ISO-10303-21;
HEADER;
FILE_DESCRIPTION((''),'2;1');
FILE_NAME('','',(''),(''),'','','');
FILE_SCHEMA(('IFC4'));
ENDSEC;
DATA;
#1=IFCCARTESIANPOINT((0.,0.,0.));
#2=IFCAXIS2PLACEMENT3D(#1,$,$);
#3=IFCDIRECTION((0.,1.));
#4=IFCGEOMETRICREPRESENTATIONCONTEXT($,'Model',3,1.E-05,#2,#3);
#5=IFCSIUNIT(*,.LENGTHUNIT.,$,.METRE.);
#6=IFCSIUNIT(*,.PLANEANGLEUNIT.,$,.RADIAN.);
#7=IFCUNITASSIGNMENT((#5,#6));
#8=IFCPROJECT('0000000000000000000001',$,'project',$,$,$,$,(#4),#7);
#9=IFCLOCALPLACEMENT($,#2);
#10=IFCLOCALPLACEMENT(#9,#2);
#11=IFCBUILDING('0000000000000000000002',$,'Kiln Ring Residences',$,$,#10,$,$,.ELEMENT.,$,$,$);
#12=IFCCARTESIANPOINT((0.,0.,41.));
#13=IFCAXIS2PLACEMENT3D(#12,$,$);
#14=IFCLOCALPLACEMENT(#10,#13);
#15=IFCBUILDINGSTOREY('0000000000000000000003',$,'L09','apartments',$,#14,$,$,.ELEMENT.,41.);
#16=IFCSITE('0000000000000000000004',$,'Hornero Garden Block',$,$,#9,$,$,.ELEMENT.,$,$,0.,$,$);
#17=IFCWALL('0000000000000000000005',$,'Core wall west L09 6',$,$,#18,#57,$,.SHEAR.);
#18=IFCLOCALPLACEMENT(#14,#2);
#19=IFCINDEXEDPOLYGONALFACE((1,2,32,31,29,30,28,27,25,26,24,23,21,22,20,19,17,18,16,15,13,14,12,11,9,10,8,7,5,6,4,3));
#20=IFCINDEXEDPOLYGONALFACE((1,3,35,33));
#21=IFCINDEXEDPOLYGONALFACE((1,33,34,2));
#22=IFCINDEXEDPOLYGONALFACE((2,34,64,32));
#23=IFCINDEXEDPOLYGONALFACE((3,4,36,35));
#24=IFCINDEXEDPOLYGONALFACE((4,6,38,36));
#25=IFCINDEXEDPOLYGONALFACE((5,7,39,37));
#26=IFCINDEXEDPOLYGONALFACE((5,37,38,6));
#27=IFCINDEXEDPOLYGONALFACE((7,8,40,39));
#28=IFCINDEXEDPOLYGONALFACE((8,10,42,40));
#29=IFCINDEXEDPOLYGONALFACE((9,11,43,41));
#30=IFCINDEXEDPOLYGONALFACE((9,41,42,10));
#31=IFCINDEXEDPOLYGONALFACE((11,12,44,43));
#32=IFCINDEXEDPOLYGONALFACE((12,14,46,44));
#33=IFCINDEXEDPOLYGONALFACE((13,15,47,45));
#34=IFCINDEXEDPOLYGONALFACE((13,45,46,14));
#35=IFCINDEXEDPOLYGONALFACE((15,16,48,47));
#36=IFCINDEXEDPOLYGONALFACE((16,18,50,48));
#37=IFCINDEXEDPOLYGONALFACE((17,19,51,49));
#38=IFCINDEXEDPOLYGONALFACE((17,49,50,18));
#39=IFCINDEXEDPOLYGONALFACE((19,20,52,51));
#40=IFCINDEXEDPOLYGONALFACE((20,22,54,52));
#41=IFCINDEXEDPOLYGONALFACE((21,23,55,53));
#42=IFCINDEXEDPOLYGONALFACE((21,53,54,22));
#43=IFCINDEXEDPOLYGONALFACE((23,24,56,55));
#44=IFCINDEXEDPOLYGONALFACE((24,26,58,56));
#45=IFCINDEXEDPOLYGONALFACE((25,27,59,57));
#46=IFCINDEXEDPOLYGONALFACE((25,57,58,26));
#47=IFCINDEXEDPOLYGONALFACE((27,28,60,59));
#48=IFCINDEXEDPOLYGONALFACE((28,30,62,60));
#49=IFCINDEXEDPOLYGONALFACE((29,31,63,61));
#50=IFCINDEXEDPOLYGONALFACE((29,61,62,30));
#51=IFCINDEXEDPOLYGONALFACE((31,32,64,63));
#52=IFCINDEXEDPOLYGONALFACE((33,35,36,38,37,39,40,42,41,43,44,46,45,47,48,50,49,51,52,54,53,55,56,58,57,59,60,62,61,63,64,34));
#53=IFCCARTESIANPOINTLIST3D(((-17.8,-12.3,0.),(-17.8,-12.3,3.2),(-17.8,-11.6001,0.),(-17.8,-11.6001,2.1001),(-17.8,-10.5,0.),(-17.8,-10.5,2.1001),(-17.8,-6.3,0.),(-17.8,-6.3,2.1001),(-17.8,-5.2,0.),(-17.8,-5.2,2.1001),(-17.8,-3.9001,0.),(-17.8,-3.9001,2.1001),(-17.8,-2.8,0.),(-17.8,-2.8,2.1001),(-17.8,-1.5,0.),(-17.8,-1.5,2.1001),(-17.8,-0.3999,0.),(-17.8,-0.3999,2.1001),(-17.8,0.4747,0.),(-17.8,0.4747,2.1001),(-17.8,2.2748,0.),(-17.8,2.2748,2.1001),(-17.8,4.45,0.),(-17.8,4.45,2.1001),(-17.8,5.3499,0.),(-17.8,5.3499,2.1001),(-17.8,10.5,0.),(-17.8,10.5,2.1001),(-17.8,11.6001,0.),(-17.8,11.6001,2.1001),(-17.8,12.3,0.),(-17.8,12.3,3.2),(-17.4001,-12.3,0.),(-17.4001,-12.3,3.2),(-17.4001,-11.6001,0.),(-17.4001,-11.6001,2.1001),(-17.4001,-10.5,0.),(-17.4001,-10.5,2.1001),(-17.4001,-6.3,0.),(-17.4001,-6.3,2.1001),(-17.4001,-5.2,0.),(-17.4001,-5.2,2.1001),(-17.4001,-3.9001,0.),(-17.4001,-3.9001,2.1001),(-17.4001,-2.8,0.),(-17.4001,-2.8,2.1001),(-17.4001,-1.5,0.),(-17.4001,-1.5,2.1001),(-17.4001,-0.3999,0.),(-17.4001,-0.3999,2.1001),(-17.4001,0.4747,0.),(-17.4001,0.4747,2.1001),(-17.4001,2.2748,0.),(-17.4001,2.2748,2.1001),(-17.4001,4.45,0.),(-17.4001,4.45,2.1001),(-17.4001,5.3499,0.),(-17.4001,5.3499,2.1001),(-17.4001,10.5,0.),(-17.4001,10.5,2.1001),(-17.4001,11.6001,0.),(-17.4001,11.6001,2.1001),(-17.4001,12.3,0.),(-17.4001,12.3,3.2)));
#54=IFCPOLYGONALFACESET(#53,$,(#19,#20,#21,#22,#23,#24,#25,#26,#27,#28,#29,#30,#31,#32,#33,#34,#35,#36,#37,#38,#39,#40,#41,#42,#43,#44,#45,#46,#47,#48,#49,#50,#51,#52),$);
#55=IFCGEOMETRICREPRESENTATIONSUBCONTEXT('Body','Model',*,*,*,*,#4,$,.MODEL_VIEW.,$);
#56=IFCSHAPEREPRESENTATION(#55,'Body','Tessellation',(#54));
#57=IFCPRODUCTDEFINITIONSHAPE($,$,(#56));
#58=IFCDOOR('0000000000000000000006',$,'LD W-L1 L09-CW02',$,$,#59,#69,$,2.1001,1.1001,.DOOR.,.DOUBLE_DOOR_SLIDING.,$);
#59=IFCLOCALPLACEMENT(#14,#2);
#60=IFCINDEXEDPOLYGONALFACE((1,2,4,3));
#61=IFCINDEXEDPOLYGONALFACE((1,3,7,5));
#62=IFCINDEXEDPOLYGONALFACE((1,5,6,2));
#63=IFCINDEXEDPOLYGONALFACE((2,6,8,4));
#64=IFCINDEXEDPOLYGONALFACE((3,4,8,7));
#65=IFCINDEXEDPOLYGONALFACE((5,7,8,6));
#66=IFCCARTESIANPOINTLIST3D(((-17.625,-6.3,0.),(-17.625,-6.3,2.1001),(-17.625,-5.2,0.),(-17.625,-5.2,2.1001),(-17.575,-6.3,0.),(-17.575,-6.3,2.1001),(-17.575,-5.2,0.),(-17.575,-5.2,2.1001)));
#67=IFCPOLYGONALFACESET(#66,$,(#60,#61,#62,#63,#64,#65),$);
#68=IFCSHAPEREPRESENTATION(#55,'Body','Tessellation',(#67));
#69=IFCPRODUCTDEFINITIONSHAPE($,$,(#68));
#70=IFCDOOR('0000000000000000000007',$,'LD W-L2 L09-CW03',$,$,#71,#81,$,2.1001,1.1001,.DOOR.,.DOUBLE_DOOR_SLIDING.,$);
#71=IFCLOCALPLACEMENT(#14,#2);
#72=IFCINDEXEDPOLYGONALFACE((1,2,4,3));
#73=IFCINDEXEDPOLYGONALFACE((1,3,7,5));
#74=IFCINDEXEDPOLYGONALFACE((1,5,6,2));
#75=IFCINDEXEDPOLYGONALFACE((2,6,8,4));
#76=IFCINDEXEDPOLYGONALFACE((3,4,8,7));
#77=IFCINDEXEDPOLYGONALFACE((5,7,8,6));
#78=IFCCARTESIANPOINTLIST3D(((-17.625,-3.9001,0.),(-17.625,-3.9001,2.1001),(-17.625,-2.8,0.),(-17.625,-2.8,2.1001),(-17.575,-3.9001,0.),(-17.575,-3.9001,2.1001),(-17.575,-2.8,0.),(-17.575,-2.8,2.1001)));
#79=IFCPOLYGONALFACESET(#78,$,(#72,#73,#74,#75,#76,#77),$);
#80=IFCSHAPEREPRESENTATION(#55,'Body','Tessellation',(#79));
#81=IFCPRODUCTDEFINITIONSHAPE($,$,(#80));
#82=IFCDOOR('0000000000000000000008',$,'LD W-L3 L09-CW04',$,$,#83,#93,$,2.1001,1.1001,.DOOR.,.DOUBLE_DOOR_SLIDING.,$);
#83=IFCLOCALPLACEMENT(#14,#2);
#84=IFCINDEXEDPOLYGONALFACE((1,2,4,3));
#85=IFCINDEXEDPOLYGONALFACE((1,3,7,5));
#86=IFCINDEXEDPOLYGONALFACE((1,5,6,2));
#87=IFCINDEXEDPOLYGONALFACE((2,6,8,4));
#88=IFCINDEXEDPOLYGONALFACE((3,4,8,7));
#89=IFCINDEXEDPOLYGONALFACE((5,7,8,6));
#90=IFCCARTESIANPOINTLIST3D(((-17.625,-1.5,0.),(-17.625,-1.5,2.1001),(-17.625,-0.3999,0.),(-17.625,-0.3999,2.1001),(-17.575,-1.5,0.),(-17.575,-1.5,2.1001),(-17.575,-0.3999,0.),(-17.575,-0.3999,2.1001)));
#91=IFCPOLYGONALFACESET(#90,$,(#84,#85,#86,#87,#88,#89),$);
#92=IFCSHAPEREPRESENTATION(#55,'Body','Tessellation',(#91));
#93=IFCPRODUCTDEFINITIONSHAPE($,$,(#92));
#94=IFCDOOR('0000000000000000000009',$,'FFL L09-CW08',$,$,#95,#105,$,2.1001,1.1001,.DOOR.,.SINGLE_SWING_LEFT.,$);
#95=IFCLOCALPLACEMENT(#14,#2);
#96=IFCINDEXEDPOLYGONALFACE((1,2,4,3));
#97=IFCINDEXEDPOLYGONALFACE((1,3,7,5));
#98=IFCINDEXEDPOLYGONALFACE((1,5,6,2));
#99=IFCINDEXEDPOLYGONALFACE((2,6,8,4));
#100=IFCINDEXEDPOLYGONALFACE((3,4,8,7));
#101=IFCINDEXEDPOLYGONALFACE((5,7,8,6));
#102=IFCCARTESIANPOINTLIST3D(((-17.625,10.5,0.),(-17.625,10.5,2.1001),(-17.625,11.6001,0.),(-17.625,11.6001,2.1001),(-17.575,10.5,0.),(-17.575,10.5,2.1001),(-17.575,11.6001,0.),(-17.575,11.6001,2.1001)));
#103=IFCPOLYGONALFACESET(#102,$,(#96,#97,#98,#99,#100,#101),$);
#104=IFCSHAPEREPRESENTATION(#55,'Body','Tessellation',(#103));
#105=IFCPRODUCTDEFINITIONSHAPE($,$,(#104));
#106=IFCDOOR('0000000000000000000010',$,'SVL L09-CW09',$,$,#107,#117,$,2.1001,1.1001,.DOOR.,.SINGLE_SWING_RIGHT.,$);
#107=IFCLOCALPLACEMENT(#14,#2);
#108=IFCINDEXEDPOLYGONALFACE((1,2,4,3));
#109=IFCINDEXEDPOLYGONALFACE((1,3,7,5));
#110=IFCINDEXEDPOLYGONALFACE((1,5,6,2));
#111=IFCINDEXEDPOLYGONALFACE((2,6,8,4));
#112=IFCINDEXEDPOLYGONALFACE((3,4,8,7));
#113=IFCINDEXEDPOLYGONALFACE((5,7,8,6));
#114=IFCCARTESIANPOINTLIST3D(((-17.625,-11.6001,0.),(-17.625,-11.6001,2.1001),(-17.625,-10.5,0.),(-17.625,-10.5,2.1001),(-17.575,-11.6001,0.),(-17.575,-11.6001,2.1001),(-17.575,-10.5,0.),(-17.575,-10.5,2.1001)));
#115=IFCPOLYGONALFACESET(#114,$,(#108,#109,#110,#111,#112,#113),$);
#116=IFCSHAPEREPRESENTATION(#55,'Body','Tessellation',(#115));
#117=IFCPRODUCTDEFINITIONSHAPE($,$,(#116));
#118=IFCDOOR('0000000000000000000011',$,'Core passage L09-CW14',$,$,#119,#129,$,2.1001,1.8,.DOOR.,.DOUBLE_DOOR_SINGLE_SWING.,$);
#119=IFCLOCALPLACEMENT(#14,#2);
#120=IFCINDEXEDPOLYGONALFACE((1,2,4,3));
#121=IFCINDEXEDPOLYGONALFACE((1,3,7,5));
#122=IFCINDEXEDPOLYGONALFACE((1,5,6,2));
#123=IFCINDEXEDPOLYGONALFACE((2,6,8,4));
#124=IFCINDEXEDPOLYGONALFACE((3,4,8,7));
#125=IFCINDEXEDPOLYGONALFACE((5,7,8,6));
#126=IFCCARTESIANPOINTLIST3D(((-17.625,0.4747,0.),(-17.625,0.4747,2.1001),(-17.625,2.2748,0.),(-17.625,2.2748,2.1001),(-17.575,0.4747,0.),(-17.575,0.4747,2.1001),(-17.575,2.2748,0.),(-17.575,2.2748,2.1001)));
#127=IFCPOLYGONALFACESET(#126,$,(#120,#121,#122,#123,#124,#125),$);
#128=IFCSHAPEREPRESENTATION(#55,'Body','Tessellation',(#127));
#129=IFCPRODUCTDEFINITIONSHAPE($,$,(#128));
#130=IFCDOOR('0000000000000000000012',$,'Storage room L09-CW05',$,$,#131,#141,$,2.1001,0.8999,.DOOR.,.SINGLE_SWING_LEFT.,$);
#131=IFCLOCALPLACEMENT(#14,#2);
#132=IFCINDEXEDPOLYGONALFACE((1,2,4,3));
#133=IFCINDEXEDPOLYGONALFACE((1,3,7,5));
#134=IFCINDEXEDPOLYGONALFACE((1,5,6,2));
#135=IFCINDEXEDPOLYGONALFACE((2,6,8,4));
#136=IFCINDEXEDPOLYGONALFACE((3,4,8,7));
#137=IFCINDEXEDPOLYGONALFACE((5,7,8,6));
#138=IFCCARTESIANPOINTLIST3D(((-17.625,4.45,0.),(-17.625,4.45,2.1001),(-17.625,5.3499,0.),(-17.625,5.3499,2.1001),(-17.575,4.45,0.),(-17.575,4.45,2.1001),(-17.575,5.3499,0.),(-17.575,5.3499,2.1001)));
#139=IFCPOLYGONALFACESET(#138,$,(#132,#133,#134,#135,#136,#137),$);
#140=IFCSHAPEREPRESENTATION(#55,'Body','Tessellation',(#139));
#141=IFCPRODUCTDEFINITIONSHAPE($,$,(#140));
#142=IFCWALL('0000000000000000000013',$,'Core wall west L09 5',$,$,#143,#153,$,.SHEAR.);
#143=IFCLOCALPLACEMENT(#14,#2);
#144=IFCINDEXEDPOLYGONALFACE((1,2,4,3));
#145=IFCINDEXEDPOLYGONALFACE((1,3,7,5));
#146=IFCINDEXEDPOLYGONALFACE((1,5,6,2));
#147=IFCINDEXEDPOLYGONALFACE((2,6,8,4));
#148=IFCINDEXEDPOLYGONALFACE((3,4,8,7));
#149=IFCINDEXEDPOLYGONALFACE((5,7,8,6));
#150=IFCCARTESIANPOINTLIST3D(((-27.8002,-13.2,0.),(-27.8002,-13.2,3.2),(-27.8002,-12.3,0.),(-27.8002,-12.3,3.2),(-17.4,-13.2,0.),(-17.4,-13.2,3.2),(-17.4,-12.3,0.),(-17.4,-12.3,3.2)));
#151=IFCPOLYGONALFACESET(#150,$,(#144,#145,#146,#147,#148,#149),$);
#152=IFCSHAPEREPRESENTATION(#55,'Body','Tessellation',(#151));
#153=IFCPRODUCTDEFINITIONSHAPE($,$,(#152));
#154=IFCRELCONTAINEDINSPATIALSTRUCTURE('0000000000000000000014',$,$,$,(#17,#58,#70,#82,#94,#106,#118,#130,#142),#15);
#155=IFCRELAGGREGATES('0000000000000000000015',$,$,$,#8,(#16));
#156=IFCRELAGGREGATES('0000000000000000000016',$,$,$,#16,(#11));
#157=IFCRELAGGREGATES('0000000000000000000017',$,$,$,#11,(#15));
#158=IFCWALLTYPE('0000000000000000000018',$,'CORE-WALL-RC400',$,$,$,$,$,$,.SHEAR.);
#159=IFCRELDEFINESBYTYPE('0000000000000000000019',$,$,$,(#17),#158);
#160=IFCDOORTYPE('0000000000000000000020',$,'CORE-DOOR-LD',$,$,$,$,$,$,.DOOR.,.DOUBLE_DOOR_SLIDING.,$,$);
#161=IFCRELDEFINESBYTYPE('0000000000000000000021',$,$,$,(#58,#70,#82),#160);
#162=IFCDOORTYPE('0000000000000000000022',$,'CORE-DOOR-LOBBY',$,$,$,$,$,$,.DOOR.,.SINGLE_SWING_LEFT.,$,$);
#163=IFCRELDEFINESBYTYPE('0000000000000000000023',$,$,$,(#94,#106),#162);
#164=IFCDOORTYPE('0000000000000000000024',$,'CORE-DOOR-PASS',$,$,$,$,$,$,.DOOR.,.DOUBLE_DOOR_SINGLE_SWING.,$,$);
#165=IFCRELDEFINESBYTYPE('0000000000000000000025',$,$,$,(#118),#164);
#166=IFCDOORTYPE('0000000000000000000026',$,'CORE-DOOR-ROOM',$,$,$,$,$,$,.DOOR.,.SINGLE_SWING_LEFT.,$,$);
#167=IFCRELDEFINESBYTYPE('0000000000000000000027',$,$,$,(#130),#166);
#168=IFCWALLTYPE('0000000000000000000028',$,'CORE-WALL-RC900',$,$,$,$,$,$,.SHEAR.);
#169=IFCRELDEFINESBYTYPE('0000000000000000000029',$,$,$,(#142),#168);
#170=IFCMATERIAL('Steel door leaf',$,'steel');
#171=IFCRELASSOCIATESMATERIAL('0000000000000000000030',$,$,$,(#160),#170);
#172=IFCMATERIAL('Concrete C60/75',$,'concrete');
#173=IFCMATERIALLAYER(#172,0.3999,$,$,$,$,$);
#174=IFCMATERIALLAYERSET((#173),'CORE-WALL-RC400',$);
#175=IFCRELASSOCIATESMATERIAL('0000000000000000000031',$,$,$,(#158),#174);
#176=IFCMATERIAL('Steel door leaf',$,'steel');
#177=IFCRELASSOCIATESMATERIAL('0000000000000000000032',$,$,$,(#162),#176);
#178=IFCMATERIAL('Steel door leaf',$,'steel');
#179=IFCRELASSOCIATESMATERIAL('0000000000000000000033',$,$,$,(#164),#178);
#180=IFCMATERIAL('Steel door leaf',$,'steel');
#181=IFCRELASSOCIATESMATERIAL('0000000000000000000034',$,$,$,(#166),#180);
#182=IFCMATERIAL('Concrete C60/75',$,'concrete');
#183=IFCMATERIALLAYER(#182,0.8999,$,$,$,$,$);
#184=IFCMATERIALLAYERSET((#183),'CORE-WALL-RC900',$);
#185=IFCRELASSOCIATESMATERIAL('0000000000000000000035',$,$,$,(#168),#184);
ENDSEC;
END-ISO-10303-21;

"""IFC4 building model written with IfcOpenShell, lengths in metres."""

from ifc_helpers import new_model, si_unit, direction, frame, frame_2d, origin, place, context, subcontext, project, spatial, rectangle, extrude, material, layer, layer_set, type_object, element, fill, save


model = new_model("IFC4")

# Units and contexts
model_context = context("Model", 3, precision=1e-05, world=origin(), true_north=direction((0.0, 1.0)))
body_context = subcontext(model_context, "Body", "Model", "MODEL_VIEW")
ifc_project = project(units=[si_unit("LENGTHUNIT", "METRE"), si_unit("PLANEANGLEUNIT", "RADIAN")], contexts=[model_context])

# Site, building, storey
site_placement = place(None, origin())
site = spatial("IfcSite", under=ifc_project, at=site_placement, Name="Hornero Garden Block", CompositionType="ELEMENT", RefElevation=0.0)
building_placement = place(site_placement, origin())
building = spatial("IfcBuilding", under=site, at=building_placement, Name="Kiln Ring Residences", CompositionType="ELEMENT")
storey_placement = place(building_placement, frame((0.0, 0.0, 41.0)))
storey = spatial("IfcBuildingStorey", under=building, at=storey_placement, Name="L09", Description="apartments", CompositionType="ELEMENT", Elevation=41.0)

# Wall, openings, doors
ifc_material_1 = material(Name="Steel door leaf", Category="steel")
door_type_1 = type_object("IfcDoorType", Name="CORE-DOOR-LD", OperationType="DOUBLE_DOOR_SLIDING", PredefinedType="DOOR", material=ifc_material_1)
ifc_material_2 = material(Name="Concrete C60/75", Category="concrete")
ifc_layer_1 = layer(ifc_material_2, 0.3999)
ifc_layer_set_1 = layer_set([ifc_layer_1], Name="CORE-WALL-RC400")
wall_type_1 = type_object("IfcWallType", Name="CORE-WALL-RC400", PredefinedType="SHEAR", material=ifc_layer_set_1)
wall_1_placement = place(storey_placement, frame((-17.6001, -12.3, 0.0), z_axis=(0.0, 0.0, 1.0), x_axis=(0.0, 1.0, 0.0)))
wall_1 = element("IfcWall", 1, at=wall_1_placement, inside=storey, type_object=wall_type_1, Name="Core wall west L09 6", PredefinedType="SHEAR", context=body_context, shape_type="SweptSolid", body=[
    extrude(rectangle(XDim=24.6001, YDim=0.3999, at=frame_2d((12.3, 0.0))), origin(), (0.0, 0.0, 1.0), 3.2),
])
opening_1_placement = place(wall_1_placement, frame((6.0, 0.0, 0.0)))
opening_1 = element("IfcOpeningElement", 2, at=opening_1_placement, cuts=wall_1, PredefinedType="OPENING", context=body_context, shape_type="SweptSolid", body=[
    extrude(rectangle(XDim=1.1001, YDim=2.1001, at=frame_2d((0.55, 1.05))), frame((0.0, 0.21, 0.0), z_axis=(0.0, -1.0, 0.0), x_axis=(1.0, 0.0, 0.0)), (0.0, 0.0, 1.0), 0.4199),
])
opening_2_placement = place(wall_1_placement, frame((8.3999, 0.0, 0.0)))
opening_2 = element("IfcOpeningElement", 3, at=opening_2_placement, cuts=wall_1, PredefinedType="OPENING", context=body_context, shape_type="SweptSolid", body=[
    extrude(rectangle(XDim=1.1001, YDim=2.1001, at=frame_2d((0.55, 1.05))), frame((0.0, 0.21, 0.0), z_axis=(0.0, -1.0, 0.0), x_axis=(1.0, 0.0, 0.0)), (0.0, 0.0, 1.0), 0.4199),
])
opening_3_placement = place(wall_1_placement, frame((10.8, 0.0, 0.0)))
opening_3 = element("IfcOpeningElement", 4, at=opening_3_placement, cuts=wall_1, PredefinedType="OPENING", context=body_context, shape_type="SweptSolid", body=[
    extrude(rectangle(XDim=1.1001, YDim=2.1001, at=frame_2d((0.55, 1.05))), frame((0.0, 0.21, 0.0), z_axis=(0.0, -1.0, 0.0), x_axis=(1.0, 0.0, 0.0)), (0.0, 0.0, 1.0), 0.4199),
])
opening_4_placement = place(wall_1_placement, frame((16.75, 0.0, 0.0)))
opening_4 = element("IfcOpeningElement", 5, at=opening_4_placement, cuts=wall_1, PredefinedType="OPENING", context=body_context, shape_type="SweptSolid", body=[
    extrude(rectangle(XDim=0.8999, YDim=2.1001, at=frame_2d((0.45, 1.05))), frame((0.0, 0.21, 0.0), z_axis=(0.0, -1.0, 0.0), x_axis=(1.0, 0.0, 0.0)), (0.0, 0.0, 1.0), 0.4199),
])
opening_5_placement = place(wall_1_placement, frame((22.8, 0.0, 0.0)))
opening_5 = element("IfcOpeningElement", 6, at=opening_5_placement, cuts=wall_1, PredefinedType="OPENING", context=body_context, shape_type="SweptSolid", body=[
    extrude(rectangle(XDim=1.1001, YDim=2.1001, at=frame_2d((0.55, 1.05))), frame((0.0, 0.21, 0.0), z_axis=(0.0, -1.0, 0.0), x_axis=(1.0, 0.0, 0.0)), (0.0, 0.0, 1.0), 0.4199),
])
opening_6_placement = place(wall_1_placement, frame((0.7, 0.0, 0.0)))
opening_6 = element("IfcOpeningElement", 7, at=opening_6_placement, cuts=wall_1, PredefinedType="OPENING", context=body_context, shape_type="SweptSolid", body=[
    extrude(rectangle(XDim=1.1001, YDim=2.1001, at=frame_2d((0.55, 1.05))), frame((0.0, 0.21, 0.0), z_axis=(0.0, -1.0, 0.0), x_axis=(1.0, 0.0, 0.0)), (0.0, 0.0, 1.0), 0.4199),
])
opening_7_placement = place(wall_1_placement, frame((12.7749, 0.0, 0.0)))
opening_7 = element("IfcOpeningElement", 8, at=opening_7_placement, cuts=wall_1, PredefinedType="OPENING", context=body_context, shape_type="SweptSolid", body=[
    extrude(rectangle(XDim=1.8, YDim=2.1001, at=frame_2d((0.8999, 1.05))), frame((0.0, 0.21, 0.0), z_axis=(0.0, -1.0, 0.0), x_axis=(1.0, 0.0, 0.0)), (0.0, 0.0, 1.0), 0.4199),
])
door_1_placement = place(opening_1_placement, origin())
door_1 = element("IfcDoor", 9, at=door_1_placement, inside=storey, type_object=door_type_1, Name="LD W-L1 L09-CW02", OperationType="DOUBLE_DOOR_SLIDING", OverallHeight=2.1001, OverallWidth=1.1001, PredefinedType="DOOR", context=body_context, shape_type="SweptSolid", body=[
    extrude(rectangle(XDim=1.1001, YDim=2.1001, at=frame_2d((0.55, 1.05))), frame((0.0, 0.0249, 0.0), z_axis=(0.0, -1.0, 0.0), x_axis=(1.0, 0.0, 0.0)), (0.0, 0.0, 1.0), 0.05),
])
fill(opening_1, door_1)
door_2_placement = place(opening_2_placement, origin())
door_2 = element("IfcDoor", 10, at=door_2_placement, inside=storey, type_object=door_type_1, Name="LD W-L2 L09-CW03", OperationType="DOUBLE_DOOR_SLIDING", OverallHeight=2.1001, OverallWidth=1.1001, PredefinedType="DOOR", context=body_context, shape_type="SweptSolid", body=[
    extrude(rectangle(XDim=1.1001, YDim=2.1001, at=frame_2d((0.55, 1.05))), frame((0.0, 0.0249, 0.0), z_axis=(0.0, -1.0, 0.0), x_axis=(1.0, 0.0, 0.0)), (0.0, 0.0, 1.0), 0.05),
])
fill(opening_2, door_2)
door_3_placement = place(opening_3_placement, origin())
door_3 = element("IfcDoor", 11, at=door_3_placement, inside=storey, type_object=door_type_1, Name="LD W-L3 L09-CW04", OperationType="DOUBLE_DOOR_SLIDING", OverallHeight=2.1001, OverallWidth=1.1001, PredefinedType="DOOR", context=body_context, shape_type="SweptSolid", body=[
    extrude(rectangle(XDim=1.1001, YDim=2.1001, at=frame_2d((0.55, 1.05))), frame((0.0, 0.0249, 0.0), z_axis=(0.0, -1.0, 0.0), x_axis=(1.0, 0.0, 0.0)), (0.0, 0.0, 1.0), 0.05),
])
fill(opening_3, door_3)
ifc_material_3 = material(Name="Steel door leaf", Category="steel")
door_type_2 = type_object("IfcDoorType", Name="CORE-DOOR-LOBBY", OperationType="SINGLE_SWING_LEFT", PredefinedType="DOOR", material=ifc_material_3)
door_4_placement = place(opening_5_placement, origin())
door_4 = element("IfcDoor", 12, at=door_4_placement, inside=storey, type_object=door_type_2, Name="FFL L09-CW08", OperationType="SINGLE_SWING_LEFT", OverallHeight=2.1001, OverallWidth=1.1001, PredefinedType="DOOR", context=body_context, shape_type="SweptSolid", body=[
    extrude(rectangle(XDim=1.1001, YDim=2.1001, at=frame_2d((0.55, 1.05))), frame((0.0, 0.0249, 0.0), z_axis=(0.0, -1.0, 0.0), x_axis=(1.0, 0.0, 0.0)), (0.0, 0.0, 1.0), 0.05),
])
fill(opening_5, door_4)
door_5_placement = place(opening_6_placement, origin())
door_5 = element("IfcDoor", 13, at=door_5_placement, inside=storey, type_object=door_type_2, Name="SVL L09-CW09", OperationType="SINGLE_SWING_RIGHT", OverallHeight=2.1001, OverallWidth=1.1001, PredefinedType="DOOR", context=body_context, shape_type="SweptSolid", body=[
    extrude(rectangle(XDim=1.1001, YDim=2.1001, at=frame_2d((0.55, 1.05))), frame((0.0, 0.0249, 0.0), z_axis=(0.0, -1.0, 0.0), x_axis=(1.0, 0.0, 0.0)), (0.0, 0.0, 1.0), 0.05),
])
fill(opening_6, door_5)
ifc_material_4 = material(Name="Steel door leaf", Category="steel")
door_type_3 = type_object("IfcDoorType", Name="CORE-DOOR-PASS", OperationType="DOUBLE_DOOR_SINGLE_SWING", PredefinedType="DOOR", material=ifc_material_4)
door_6_placement = place(opening_7_placement, origin())
door_6 = element("IfcDoor", 14, at=door_6_placement, inside=storey, type_object=door_type_3, Name="Core passage L09-CW14", OperationType="DOUBLE_DOOR_SINGLE_SWING", OverallHeight=2.1001, OverallWidth=1.8, PredefinedType="DOOR", context=body_context, shape_type="SweptSolid", body=[
    extrude(rectangle(XDim=1.8, YDim=2.1001, at=frame_2d((0.8999, 1.05))), frame((0.0, 0.0249, 0.0), z_axis=(0.0, -1.0, 0.0), x_axis=(1.0, 0.0, 0.0)), (0.0, 0.0, 1.0), 0.05),
])
fill(opening_7, door_6)
ifc_material_5 = material(Name="Steel door leaf", Category="steel")
door_type_4 = type_object("IfcDoorType", Name="CORE-DOOR-ROOM", OperationType="SINGLE_SWING_LEFT", PredefinedType="DOOR", material=ifc_material_5)
door_7_placement = place(opening_4_placement, origin())
door_7 = element("IfcDoor", 15, at=door_7_placement, inside=storey, type_object=door_type_4, Name="Storage room L09-CW05", OperationType="SINGLE_SWING_LEFT", OverallHeight=2.1001, OverallWidth=0.8999, PredefinedType="DOOR", context=body_context, shape_type="SweptSolid", body=[
    extrude(rectangle(XDim=0.8999, YDim=2.1001, at=frame_2d((0.45, 1.05))), frame((0.0, 0.0249, 0.0), z_axis=(0.0, -1.0, 0.0), x_axis=(1.0, 0.0, 0.0)), (0.0, 0.0, 1.0), 0.05),
])
fill(opening_4, door_7)

# Wall
ifc_material_6 = material(Name="Concrete C60/75", Category="concrete")
ifc_layer_2 = layer(ifc_material_6, 0.8999)
ifc_layer_set_2 = layer_set([ifc_layer_2], Name="CORE-WALL-RC900")
wall_type_2 = type_object("IfcWallType", Name="CORE-WALL-RC900", PredefinedType="SHEAR", material=ifc_layer_set_2)
wall_2_placement = place(storey_placement, frame((-17.3999, -12.75, 0.0), z_axis=(0.0, 0.0, 1.0), x_axis=(-1.0, 0.0, 0.0)))
element("IfcWall", 16, at=wall_2_placement, inside=storey, type_object=wall_type_2, Name="Core wall west L09 5", PredefinedType="SHEAR", context=body_context, shape_type="SweptSolid", body=[
    extrude(rectangle(XDim=10.4001, YDim=0.8999, at=frame_2d((5.2002, 0.0))), origin(), (0.0, 0.0, 1.0), 3.2),
])

save(model, "model.ifc")
